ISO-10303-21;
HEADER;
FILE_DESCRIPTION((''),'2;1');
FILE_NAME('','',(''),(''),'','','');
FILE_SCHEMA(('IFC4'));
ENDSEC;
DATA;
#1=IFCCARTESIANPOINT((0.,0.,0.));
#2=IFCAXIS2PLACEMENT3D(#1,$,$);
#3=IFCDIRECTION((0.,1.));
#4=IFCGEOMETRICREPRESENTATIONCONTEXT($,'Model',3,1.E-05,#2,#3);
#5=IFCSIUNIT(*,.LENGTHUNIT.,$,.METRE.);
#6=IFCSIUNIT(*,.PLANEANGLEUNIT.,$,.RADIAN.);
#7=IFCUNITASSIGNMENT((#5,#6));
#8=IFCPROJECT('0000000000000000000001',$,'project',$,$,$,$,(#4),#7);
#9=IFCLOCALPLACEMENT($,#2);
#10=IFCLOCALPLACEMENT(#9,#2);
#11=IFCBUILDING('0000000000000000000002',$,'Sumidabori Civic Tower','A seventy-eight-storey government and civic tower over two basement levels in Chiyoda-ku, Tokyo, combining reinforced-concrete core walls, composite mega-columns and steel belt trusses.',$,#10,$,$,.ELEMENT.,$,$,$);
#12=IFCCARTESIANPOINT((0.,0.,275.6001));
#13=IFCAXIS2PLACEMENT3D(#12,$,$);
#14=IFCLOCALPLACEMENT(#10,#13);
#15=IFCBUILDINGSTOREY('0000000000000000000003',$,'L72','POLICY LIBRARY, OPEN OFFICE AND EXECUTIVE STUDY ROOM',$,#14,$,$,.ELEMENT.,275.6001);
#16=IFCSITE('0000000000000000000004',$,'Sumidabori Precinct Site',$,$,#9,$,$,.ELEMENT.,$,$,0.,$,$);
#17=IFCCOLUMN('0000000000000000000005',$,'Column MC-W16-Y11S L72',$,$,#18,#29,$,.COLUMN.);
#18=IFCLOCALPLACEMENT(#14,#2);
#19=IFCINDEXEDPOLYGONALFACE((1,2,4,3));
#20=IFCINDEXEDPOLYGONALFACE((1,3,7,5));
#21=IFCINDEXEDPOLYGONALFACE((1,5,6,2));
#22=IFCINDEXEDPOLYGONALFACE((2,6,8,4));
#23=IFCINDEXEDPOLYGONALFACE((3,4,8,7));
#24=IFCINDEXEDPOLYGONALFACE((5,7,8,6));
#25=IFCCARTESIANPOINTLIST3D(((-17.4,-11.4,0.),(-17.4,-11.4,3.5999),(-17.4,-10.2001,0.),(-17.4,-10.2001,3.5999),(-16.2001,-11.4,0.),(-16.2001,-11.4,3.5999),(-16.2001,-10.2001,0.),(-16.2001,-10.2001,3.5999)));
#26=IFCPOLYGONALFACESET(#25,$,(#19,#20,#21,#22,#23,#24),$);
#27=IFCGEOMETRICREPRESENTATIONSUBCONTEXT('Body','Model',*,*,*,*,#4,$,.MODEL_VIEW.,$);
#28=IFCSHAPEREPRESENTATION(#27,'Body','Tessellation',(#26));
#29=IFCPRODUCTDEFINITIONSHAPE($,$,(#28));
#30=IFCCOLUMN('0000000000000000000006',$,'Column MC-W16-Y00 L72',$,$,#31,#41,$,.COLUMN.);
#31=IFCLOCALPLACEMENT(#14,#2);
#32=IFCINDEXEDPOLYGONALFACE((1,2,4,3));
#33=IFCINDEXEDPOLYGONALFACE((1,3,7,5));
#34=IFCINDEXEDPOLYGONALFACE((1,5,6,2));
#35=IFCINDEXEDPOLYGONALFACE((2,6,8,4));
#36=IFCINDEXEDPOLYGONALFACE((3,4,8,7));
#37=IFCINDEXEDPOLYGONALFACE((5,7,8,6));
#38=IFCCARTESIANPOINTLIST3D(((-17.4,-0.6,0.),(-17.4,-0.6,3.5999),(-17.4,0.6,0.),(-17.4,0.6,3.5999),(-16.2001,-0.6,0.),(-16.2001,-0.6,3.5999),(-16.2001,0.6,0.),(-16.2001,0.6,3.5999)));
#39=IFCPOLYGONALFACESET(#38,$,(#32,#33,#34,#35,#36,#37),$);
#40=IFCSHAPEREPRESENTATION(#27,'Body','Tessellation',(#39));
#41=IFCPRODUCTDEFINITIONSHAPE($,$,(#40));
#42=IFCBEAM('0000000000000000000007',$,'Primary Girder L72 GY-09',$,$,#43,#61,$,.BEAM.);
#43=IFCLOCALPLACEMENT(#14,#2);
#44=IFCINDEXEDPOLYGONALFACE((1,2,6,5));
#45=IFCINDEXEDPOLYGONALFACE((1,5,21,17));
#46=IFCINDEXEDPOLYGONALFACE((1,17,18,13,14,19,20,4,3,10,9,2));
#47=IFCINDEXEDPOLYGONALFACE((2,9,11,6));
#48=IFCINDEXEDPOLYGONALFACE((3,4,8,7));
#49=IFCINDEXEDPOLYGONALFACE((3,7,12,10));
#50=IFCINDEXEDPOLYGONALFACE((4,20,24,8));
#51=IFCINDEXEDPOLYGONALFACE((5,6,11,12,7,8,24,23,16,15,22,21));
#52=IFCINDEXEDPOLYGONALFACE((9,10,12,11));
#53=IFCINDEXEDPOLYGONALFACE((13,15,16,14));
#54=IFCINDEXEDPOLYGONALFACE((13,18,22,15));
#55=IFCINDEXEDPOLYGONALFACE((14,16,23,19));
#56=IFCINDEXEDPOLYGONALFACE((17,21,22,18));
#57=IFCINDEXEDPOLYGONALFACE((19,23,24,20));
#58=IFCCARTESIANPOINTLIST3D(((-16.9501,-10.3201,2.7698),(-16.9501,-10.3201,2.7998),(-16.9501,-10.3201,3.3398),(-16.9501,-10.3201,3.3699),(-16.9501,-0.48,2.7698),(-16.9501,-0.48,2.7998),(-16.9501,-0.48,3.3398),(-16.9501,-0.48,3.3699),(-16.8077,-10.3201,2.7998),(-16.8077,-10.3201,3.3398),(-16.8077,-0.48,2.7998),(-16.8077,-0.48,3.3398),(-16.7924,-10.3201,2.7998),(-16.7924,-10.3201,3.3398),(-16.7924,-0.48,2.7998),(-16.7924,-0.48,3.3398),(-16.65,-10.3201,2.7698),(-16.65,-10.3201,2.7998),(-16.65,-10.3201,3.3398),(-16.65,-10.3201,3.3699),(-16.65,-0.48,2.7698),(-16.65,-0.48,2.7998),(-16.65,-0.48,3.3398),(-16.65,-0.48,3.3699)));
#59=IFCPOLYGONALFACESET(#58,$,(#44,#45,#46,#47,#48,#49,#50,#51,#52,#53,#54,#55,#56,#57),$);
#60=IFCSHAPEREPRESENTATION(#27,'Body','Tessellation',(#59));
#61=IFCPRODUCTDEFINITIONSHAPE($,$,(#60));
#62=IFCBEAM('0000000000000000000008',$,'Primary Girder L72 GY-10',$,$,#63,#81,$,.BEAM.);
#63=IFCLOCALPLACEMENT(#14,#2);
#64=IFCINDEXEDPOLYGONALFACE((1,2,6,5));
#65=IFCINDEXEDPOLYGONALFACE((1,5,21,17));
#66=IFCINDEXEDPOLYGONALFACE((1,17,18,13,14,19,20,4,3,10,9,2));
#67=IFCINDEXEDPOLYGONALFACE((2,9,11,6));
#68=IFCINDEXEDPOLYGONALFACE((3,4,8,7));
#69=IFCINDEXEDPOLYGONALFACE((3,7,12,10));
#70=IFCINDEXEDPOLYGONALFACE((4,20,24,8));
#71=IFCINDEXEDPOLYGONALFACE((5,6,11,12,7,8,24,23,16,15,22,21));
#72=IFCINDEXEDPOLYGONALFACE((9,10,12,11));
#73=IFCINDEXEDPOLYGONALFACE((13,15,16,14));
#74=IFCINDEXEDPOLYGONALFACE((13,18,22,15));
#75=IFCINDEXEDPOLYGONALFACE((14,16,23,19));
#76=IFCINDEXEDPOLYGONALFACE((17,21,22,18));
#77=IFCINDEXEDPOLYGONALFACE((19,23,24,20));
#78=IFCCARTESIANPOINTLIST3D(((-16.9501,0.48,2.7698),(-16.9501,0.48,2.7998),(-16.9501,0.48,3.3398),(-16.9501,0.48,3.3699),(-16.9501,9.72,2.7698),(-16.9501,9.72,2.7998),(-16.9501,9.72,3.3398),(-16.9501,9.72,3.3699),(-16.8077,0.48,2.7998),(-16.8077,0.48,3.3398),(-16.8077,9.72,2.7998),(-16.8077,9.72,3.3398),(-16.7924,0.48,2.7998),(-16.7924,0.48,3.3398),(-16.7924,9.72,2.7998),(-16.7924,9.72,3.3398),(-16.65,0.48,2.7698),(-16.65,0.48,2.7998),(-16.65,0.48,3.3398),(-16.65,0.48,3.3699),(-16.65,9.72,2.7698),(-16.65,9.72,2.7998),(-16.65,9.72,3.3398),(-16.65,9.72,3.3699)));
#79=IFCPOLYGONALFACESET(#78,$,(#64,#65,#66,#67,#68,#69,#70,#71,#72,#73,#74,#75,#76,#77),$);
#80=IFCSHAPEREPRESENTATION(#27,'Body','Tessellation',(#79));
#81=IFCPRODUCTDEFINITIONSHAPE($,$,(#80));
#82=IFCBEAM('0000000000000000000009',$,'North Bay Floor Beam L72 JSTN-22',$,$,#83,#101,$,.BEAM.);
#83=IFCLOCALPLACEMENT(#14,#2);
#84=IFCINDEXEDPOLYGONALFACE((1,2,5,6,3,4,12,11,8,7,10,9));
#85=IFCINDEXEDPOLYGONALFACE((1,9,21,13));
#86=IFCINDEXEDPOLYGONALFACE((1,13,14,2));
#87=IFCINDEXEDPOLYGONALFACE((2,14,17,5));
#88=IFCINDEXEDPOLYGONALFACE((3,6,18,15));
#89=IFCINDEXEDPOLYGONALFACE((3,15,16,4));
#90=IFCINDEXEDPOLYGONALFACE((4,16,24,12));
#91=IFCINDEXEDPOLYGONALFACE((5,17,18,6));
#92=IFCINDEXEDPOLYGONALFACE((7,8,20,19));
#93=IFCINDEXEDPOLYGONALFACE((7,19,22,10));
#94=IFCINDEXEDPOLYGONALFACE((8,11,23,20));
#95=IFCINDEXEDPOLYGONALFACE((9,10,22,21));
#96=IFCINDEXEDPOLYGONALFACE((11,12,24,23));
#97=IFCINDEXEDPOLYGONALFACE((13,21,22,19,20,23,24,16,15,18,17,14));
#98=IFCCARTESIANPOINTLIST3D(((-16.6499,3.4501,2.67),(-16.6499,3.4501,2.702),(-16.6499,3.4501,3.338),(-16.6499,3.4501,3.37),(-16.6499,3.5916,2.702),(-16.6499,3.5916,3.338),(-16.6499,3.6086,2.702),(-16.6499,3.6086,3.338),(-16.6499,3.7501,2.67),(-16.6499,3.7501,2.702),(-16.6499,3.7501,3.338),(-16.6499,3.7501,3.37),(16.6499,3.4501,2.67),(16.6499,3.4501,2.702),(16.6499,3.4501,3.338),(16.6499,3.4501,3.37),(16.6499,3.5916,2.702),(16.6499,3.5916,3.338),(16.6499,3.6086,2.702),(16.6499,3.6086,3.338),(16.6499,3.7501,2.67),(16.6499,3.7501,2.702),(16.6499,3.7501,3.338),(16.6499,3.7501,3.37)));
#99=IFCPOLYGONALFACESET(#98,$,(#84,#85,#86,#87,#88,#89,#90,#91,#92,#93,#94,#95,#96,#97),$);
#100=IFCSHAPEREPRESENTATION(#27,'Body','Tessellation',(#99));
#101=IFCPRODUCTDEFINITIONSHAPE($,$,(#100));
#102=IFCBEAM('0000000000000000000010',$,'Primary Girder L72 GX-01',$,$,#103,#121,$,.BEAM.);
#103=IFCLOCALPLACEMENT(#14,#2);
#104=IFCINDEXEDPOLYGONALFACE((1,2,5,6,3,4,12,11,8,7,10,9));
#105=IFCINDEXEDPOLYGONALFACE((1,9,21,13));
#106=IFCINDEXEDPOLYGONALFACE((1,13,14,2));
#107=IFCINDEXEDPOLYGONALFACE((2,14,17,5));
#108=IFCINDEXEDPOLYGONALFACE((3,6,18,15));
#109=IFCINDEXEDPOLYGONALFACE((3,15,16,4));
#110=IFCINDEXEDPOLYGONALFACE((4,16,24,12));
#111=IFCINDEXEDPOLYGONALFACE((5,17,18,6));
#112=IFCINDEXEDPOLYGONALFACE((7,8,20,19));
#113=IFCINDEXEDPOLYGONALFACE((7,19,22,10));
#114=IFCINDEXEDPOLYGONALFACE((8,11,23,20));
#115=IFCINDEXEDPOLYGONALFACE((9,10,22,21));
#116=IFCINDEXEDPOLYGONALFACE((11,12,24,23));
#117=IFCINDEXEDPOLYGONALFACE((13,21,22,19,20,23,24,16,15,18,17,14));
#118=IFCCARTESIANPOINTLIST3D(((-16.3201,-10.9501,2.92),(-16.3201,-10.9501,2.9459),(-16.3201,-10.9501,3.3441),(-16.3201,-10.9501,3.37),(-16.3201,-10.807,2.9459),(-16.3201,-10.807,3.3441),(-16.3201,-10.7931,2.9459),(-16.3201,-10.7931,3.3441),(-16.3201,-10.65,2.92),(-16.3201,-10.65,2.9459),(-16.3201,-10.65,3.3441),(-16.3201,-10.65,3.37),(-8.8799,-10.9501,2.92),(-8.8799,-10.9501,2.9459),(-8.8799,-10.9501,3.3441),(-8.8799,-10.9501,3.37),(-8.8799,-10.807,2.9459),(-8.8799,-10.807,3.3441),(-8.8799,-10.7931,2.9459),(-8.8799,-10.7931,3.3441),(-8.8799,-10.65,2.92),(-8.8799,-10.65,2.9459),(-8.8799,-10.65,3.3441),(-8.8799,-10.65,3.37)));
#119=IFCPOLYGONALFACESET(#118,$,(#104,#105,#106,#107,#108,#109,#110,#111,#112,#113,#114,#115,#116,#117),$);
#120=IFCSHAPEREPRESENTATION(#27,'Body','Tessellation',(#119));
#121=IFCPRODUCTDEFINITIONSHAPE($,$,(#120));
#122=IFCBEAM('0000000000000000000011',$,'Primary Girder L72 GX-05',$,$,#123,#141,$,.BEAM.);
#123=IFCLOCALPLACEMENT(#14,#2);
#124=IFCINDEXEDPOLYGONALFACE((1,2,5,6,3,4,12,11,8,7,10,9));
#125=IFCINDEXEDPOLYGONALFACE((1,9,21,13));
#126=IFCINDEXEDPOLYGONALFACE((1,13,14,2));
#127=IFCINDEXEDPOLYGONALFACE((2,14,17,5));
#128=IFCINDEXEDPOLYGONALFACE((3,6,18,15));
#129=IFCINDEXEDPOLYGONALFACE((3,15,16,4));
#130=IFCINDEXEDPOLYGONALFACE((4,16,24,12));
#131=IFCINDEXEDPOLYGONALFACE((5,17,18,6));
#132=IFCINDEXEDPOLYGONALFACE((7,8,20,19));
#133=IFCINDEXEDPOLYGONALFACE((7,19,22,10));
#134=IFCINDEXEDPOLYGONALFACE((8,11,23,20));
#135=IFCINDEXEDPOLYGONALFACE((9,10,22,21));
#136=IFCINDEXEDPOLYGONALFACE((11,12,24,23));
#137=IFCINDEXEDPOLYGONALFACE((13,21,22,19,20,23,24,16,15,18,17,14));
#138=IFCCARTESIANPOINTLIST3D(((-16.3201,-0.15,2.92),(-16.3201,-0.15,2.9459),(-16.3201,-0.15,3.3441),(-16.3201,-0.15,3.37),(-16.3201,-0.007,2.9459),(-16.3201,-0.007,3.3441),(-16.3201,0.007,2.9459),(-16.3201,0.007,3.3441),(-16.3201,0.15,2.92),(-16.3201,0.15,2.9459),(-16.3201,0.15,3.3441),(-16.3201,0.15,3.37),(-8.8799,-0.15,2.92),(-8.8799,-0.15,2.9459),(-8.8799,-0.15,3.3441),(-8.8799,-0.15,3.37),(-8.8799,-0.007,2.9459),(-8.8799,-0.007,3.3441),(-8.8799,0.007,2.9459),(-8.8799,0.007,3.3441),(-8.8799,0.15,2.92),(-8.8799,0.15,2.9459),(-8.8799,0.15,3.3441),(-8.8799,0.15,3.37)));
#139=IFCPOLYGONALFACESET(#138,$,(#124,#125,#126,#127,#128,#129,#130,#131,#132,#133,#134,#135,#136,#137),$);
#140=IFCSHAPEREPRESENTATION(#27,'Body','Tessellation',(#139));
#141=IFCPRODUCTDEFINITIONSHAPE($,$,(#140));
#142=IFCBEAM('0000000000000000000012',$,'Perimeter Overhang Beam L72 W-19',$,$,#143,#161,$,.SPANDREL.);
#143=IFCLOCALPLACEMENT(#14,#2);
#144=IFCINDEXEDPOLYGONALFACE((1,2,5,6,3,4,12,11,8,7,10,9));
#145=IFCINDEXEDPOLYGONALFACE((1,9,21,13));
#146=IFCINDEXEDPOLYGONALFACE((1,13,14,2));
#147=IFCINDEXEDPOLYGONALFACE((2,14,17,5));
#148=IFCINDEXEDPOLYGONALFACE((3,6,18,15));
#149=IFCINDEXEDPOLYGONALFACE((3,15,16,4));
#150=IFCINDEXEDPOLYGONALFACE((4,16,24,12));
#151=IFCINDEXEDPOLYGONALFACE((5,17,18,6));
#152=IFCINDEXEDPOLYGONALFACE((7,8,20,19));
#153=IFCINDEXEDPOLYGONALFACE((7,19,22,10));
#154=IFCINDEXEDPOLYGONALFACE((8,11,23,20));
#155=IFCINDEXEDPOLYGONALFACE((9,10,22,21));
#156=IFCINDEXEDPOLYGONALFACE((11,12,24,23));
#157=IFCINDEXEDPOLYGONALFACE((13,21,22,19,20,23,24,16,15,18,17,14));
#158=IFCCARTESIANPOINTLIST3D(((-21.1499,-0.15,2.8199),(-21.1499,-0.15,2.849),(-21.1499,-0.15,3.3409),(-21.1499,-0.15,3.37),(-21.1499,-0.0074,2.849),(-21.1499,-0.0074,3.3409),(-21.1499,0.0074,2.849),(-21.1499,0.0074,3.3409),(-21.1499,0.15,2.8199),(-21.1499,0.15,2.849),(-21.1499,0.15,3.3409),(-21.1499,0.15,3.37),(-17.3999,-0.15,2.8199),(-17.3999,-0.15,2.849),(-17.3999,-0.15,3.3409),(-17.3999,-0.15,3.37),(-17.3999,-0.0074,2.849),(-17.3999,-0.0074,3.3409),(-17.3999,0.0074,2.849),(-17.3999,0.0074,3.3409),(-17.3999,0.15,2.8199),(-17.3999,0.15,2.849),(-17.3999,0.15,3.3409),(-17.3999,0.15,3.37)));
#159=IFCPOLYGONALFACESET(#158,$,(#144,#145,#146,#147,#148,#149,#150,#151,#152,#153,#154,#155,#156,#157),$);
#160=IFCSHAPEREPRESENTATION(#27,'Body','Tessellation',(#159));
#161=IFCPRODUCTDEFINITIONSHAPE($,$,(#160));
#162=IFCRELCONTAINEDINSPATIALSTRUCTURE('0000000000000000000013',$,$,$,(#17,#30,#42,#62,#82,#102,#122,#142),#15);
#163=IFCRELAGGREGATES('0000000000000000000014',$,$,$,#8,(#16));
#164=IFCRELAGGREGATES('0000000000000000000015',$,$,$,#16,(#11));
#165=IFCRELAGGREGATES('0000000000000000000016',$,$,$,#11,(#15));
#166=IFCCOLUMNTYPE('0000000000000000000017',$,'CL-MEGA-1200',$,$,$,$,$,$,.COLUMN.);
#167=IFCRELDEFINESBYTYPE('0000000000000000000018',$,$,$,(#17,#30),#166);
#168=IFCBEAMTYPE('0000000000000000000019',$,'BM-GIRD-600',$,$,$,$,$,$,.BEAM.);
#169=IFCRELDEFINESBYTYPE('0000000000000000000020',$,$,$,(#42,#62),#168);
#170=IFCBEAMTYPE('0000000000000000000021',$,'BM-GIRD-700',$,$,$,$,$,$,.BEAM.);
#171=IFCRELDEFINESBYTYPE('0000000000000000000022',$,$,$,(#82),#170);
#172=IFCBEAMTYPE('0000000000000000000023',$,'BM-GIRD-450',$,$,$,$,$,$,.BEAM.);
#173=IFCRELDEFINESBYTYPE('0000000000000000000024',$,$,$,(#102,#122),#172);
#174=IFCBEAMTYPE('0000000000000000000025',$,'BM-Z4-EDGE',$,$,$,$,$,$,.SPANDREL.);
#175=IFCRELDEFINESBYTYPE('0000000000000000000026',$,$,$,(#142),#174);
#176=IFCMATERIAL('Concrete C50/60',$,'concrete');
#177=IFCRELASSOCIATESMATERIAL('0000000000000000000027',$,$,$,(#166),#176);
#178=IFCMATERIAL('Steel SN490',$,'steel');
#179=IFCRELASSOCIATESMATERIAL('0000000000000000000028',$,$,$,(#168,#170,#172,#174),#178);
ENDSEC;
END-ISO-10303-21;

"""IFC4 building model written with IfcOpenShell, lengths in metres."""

from ifc_helpers import new_model, si_unit, direction, frame, origin, origin_2d, place, context, subcontext, project, spatial, rectangle, i_section, extrude, source, transform, mapped, material, material_profile, profile_set, type_object, element, save


model = new_model("IFC4")

# Units and contexts
model_context = context("Model", 3, precision=1e-05, world=origin(), true_north=direction((0.0, 1.0)))
body_context = subcontext(model_context, "Body", "Model", "MODEL_VIEW")
ifc_project = project(units=[si_unit("LENGTHUNIT", "METRE"), si_unit("PLANEANGLEUNIT", "RADIAN")], contexts=[model_context])

# Site, building, storey
site_placement = place(None, origin())
site = spatial("IfcSite", under=ifc_project, at=site_placement, Name="Sumidabori Precinct Site", CompositionType="ELEMENT", RefElevation=0.0)
building_placement = place(site_placement, origin())
building = spatial("IfcBuilding", under=site, at=building_placement, Name="Sumidabori Civic Tower", Description="A seventy-eight-storey government and civic tower over two basement levels in Chiyoda-ku, Tokyo, combining reinforced-concrete core walls, composite mega-columns and steel belt trusses.", CompositionType="ELEMENT")
storey_placement = place(building_placement, frame((0.0, 0.0, 275.6001)))
storey = spatial("IfcBuildingStorey", under=building, at=storey_placement, Name="L72", Description="POLICY LIBRARY, OPEN OFFICE AND EXECUTIVE STUDY ROOM", CompositionType="ELEMENT", Elevation=275.6001)

# Columns
ifc_material_1 = material(Name="Concrete C50/60", Category="concrete")
ifc_material_profile_1 = material_profile(ifc_material_1, rectangle(XDim=1.2, YDim=1.2, at=origin_2d()), Name="RC 1200x1200")
ifc_profile_set_1 = profile_set([ifc_material_profile_1], Name="Concrete C50/60")
column_type = type_object("IfcColumnType", Name="CL-MEGA-1200", PredefinedType="COLUMN", material=ifc_profile_set_1)
shared_shape_1 = source(origin(), body_context, "Body", "SweptSolid", [
    extrude(rectangle(XDim=1.2, YDim=1.2, at=origin_2d()), origin(), (0.0, 0.0, 1.0), 3.5999),
])
for number, where, z_axis, x_axis, name in (
    (1, (-16.8, -10.8, 0.0), (0.0, 0.0, 1.0), (1.0, 0.0, 0.0), "Column MC-W16-Y11S L72"),
    (2, (-16.8, 0.0, 0.0), (0.0, 0.0, 1.0), (1.0, 0.0, 0.0), "Column MC-W16-Y00 L72"),
):
    element("IfcColumn", number, at=place(storey_placement, frame(where, z_axis=z_axis, x_axis=x_axis)), inside=storey, type_object=column_type, Name=name, PredefinedType="COLUMN", context=body_context, shape_type="MappedRepresentation", body=[
        mapped(shared_shape_1, transform((0.0, 0.0, 0.0), x_axis=(1.0, 0.0, 0.0), y_axis=(0.0, 1.0, 0.0), z_axis=(0.0, 0.0, 1.0), scale=1.0)),
    ])

# Beams
ifc_material_2 = material(Name="Steel SN490", Category="steel")
ifc_material_profile_2 = material_profile(ifc_material_2, i_section(OverallWidth=0.3, OverallDepth=0.6001, WebThickness=0.0154, FlangeThickness=0.03, at=origin_2d()), Name="HE 600 B")
ifc_profile_set_2 = profile_set([ifc_material_profile_2], Name="Steel SN490")
beam_type_1 = type_object("IfcBeamType", Name="BM-GIRD-600", PredefinedType="BEAM", material=ifc_profile_set_2)
shared_shape_2 = source(origin(), body_context, "Body", "SweptSolid", [
    extrude(i_section(OverallWidth=0.3, OverallDepth=0.6001, WebThickness=0.0154, FlangeThickness=0.03, at=origin_2d()), origin(), (0.0, 0.0, 1.0), 9.8401),
])
beam_1_placement = place(storey_placement, frame((-16.8, -10.3201, 3.0698), z_axis=(0.0, 1.0, 0.0), x_axis=(-1.0, 0.0, 0.0)))
element("IfcBeam", 3, at=beam_1_placement, inside=storey, type_object=beam_type_1, Name="Primary Girder L72 GY-09", PredefinedType="BEAM", context=body_context, shape_type="MappedRepresentation", body=[
    mapped(shared_shape_2, transform((0.0, 0.0, 0.0), x_axis=(1.0, 0.0, 0.0), y_axis=(0.0, 1.0, 0.0), z_axis=(0.0, 0.0, 1.0), scale=1.0)),
])
shared_shape_3 = source(origin(), body_context, "Body", "SweptSolid", [
    extrude(i_section(OverallWidth=0.3, OverallDepth=0.6001, WebThickness=0.0154, FlangeThickness=0.03, at=origin_2d()), origin(), (0.0, 0.0, 1.0), 9.24),
])
beam_2_placement = place(storey_placement, frame((-16.8, 0.48, 3.0698), z_axis=(0.0, 1.0, 0.0), x_axis=(-1.0, 0.0, 0.0)))
element("IfcBeam", 4, at=beam_2_placement, inside=storey, type_object=beam_type_1, Name="Primary Girder L72 GY-10", PredefinedType="BEAM", context=body_context, shape_type="MappedRepresentation", body=[
    mapped(shared_shape_3, transform((0.0, 0.0, 0.0), x_axis=(1.0, 0.0, 0.0), y_axis=(0.0, 1.0, 0.0), z_axis=(0.0, 0.0, 1.0), scale=1.0)),
])
ifc_material_profile_3 = material_profile(ifc_material_2, i_section(OverallWidth=0.3, OverallDepth=0.7, WebThickness=0.0171, FlangeThickness=0.032, at=origin_2d()), Name="HE 700 B")
ifc_profile_set_3 = profile_set([ifc_material_profile_3], Name="Steel SN490")
beam_type_2 = type_object("IfcBeamType", Name="BM-GIRD-700", PredefinedType="BEAM", material=ifc_profile_set_3)
shared_shape_4 = source(origin(), body_context, "Body", "SweptSolid", [
    extrude(i_section(OverallWidth=0.3, OverallDepth=0.7, WebThickness=0.0171, FlangeThickness=0.032, at=origin_2d()), origin(), (0.0, 0.0, 1.0), 33.2998),
])
beam_3_placement = place(storey_placement, frame((-16.6499, 3.6001, 3.02), z_axis=(1.0, 0.0, 0.0), x_axis=(0.0, 1.0, 0.0)))
element("IfcBeam", 5, at=beam_3_placement, inside=storey, type_object=beam_type_2, Name="North Bay Floor Beam L72 JSTN-22", PredefinedType="BEAM", context=body_context, shape_type="MappedRepresentation", body=[
    mapped(shared_shape_4, transform((0.0, 0.0, 0.0), x_axis=(1.0, 0.0, 0.0), y_axis=(0.0, 1.0, 0.0), z_axis=(0.0, 0.0, 1.0), scale=1.0)),
])
ifc_material_profile_4 = material_profile(ifc_material_2, i_section(OverallWidth=0.3, OverallDepth=0.45, WebThickness=0.0139, FlangeThickness=0.0259, at=origin_2d()), Name="HE 450 B")
ifc_profile_set_4 = profile_set([ifc_material_profile_4], Name="Steel SN490")
beam_type_3 = type_object("IfcBeamType", Name="BM-GIRD-450", PredefinedType="BEAM", material=ifc_profile_set_4)
shared_shape_5 = source(origin(), body_context, "Body", "SweptSolid", [
    extrude(i_section(OverallWidth=0.3, OverallDepth=0.45, WebThickness=0.0139, FlangeThickness=0.0259, at=origin_2d()), origin(), (0.0, 0.0, 1.0), 7.4402),
])
for number, where, z_axis, x_axis, name in (
    (6, (-16.3201, -10.8, 3.145), (1.0, 0.0, 0.0), (0.0, 1.0, 0.0), "Primary Girder L72 GX-01"),
    (7, (-16.3201, 0.0, 3.145), (1.0, 0.0, 0.0), (0.0, 1.0, 0.0), "Primary Girder L72 GX-05"),
):
    element("IfcBeam", number, at=place(storey_placement, frame(where, z_axis=z_axis, x_axis=x_axis)), inside=storey, type_object=beam_type_3, Name=name, PredefinedType="BEAM", context=body_context, shape_type="MappedRepresentation", body=[
        mapped(shared_shape_5, transform((0.0, 0.0, 0.0), x_axis=(1.0, 0.0, 0.0), y_axis=(0.0, 1.0, 0.0), z_axis=(0.0, 0.0, 1.0), scale=1.0)),
    ])
ifc_material_profile_5 = material_profile(ifc_material_2, i_section(OverallWidth=0.3, OverallDepth=0.55, WebThickness=0.0149, FlangeThickness=0.0291, at=origin_2d()), Name="HE 550 B")
ifc_profile_set_5 = profile_set([ifc_material_profile_5], Name="Steel SN490")
beam_type_4 = type_object("IfcBeamType", Name="BM-Z4-EDGE", PredefinedType="SPANDREL", material=ifc_profile_set_5)
shared_shape_6 = source(origin(), body_context, "Body", "SweptSolid", [
    extrude(i_section(OverallWidth=0.3, OverallDepth=0.55, WebThickness=0.0149, FlangeThickness=0.0291, at=origin_2d()), origin(), (0.0, 0.0, 1.0), 3.75),
])
beam_4_placement = place(storey_placement, frame((-21.1499, 0.0, 3.095), z_axis=(1.0, 0.0, 0.0), x_axis=(0.0, 1.0, 0.0)))
element("IfcBeam", 8, at=beam_4_placement, inside=storey, type_object=beam_type_4, Name="Perimeter Overhang Beam L72 W-19", PredefinedType="SPANDREL", context=body_context, shape_type="MappedRepresentation", body=[
    mapped(shared_shape_6, transform((0.0, 0.0, 0.0), x_axis=(1.0, 0.0, 0.0), y_axis=(0.0, 1.0, 0.0), z_axis=(0.0, 0.0, 1.0), scale=1.0)),
])

save(model, "model.ifc")
